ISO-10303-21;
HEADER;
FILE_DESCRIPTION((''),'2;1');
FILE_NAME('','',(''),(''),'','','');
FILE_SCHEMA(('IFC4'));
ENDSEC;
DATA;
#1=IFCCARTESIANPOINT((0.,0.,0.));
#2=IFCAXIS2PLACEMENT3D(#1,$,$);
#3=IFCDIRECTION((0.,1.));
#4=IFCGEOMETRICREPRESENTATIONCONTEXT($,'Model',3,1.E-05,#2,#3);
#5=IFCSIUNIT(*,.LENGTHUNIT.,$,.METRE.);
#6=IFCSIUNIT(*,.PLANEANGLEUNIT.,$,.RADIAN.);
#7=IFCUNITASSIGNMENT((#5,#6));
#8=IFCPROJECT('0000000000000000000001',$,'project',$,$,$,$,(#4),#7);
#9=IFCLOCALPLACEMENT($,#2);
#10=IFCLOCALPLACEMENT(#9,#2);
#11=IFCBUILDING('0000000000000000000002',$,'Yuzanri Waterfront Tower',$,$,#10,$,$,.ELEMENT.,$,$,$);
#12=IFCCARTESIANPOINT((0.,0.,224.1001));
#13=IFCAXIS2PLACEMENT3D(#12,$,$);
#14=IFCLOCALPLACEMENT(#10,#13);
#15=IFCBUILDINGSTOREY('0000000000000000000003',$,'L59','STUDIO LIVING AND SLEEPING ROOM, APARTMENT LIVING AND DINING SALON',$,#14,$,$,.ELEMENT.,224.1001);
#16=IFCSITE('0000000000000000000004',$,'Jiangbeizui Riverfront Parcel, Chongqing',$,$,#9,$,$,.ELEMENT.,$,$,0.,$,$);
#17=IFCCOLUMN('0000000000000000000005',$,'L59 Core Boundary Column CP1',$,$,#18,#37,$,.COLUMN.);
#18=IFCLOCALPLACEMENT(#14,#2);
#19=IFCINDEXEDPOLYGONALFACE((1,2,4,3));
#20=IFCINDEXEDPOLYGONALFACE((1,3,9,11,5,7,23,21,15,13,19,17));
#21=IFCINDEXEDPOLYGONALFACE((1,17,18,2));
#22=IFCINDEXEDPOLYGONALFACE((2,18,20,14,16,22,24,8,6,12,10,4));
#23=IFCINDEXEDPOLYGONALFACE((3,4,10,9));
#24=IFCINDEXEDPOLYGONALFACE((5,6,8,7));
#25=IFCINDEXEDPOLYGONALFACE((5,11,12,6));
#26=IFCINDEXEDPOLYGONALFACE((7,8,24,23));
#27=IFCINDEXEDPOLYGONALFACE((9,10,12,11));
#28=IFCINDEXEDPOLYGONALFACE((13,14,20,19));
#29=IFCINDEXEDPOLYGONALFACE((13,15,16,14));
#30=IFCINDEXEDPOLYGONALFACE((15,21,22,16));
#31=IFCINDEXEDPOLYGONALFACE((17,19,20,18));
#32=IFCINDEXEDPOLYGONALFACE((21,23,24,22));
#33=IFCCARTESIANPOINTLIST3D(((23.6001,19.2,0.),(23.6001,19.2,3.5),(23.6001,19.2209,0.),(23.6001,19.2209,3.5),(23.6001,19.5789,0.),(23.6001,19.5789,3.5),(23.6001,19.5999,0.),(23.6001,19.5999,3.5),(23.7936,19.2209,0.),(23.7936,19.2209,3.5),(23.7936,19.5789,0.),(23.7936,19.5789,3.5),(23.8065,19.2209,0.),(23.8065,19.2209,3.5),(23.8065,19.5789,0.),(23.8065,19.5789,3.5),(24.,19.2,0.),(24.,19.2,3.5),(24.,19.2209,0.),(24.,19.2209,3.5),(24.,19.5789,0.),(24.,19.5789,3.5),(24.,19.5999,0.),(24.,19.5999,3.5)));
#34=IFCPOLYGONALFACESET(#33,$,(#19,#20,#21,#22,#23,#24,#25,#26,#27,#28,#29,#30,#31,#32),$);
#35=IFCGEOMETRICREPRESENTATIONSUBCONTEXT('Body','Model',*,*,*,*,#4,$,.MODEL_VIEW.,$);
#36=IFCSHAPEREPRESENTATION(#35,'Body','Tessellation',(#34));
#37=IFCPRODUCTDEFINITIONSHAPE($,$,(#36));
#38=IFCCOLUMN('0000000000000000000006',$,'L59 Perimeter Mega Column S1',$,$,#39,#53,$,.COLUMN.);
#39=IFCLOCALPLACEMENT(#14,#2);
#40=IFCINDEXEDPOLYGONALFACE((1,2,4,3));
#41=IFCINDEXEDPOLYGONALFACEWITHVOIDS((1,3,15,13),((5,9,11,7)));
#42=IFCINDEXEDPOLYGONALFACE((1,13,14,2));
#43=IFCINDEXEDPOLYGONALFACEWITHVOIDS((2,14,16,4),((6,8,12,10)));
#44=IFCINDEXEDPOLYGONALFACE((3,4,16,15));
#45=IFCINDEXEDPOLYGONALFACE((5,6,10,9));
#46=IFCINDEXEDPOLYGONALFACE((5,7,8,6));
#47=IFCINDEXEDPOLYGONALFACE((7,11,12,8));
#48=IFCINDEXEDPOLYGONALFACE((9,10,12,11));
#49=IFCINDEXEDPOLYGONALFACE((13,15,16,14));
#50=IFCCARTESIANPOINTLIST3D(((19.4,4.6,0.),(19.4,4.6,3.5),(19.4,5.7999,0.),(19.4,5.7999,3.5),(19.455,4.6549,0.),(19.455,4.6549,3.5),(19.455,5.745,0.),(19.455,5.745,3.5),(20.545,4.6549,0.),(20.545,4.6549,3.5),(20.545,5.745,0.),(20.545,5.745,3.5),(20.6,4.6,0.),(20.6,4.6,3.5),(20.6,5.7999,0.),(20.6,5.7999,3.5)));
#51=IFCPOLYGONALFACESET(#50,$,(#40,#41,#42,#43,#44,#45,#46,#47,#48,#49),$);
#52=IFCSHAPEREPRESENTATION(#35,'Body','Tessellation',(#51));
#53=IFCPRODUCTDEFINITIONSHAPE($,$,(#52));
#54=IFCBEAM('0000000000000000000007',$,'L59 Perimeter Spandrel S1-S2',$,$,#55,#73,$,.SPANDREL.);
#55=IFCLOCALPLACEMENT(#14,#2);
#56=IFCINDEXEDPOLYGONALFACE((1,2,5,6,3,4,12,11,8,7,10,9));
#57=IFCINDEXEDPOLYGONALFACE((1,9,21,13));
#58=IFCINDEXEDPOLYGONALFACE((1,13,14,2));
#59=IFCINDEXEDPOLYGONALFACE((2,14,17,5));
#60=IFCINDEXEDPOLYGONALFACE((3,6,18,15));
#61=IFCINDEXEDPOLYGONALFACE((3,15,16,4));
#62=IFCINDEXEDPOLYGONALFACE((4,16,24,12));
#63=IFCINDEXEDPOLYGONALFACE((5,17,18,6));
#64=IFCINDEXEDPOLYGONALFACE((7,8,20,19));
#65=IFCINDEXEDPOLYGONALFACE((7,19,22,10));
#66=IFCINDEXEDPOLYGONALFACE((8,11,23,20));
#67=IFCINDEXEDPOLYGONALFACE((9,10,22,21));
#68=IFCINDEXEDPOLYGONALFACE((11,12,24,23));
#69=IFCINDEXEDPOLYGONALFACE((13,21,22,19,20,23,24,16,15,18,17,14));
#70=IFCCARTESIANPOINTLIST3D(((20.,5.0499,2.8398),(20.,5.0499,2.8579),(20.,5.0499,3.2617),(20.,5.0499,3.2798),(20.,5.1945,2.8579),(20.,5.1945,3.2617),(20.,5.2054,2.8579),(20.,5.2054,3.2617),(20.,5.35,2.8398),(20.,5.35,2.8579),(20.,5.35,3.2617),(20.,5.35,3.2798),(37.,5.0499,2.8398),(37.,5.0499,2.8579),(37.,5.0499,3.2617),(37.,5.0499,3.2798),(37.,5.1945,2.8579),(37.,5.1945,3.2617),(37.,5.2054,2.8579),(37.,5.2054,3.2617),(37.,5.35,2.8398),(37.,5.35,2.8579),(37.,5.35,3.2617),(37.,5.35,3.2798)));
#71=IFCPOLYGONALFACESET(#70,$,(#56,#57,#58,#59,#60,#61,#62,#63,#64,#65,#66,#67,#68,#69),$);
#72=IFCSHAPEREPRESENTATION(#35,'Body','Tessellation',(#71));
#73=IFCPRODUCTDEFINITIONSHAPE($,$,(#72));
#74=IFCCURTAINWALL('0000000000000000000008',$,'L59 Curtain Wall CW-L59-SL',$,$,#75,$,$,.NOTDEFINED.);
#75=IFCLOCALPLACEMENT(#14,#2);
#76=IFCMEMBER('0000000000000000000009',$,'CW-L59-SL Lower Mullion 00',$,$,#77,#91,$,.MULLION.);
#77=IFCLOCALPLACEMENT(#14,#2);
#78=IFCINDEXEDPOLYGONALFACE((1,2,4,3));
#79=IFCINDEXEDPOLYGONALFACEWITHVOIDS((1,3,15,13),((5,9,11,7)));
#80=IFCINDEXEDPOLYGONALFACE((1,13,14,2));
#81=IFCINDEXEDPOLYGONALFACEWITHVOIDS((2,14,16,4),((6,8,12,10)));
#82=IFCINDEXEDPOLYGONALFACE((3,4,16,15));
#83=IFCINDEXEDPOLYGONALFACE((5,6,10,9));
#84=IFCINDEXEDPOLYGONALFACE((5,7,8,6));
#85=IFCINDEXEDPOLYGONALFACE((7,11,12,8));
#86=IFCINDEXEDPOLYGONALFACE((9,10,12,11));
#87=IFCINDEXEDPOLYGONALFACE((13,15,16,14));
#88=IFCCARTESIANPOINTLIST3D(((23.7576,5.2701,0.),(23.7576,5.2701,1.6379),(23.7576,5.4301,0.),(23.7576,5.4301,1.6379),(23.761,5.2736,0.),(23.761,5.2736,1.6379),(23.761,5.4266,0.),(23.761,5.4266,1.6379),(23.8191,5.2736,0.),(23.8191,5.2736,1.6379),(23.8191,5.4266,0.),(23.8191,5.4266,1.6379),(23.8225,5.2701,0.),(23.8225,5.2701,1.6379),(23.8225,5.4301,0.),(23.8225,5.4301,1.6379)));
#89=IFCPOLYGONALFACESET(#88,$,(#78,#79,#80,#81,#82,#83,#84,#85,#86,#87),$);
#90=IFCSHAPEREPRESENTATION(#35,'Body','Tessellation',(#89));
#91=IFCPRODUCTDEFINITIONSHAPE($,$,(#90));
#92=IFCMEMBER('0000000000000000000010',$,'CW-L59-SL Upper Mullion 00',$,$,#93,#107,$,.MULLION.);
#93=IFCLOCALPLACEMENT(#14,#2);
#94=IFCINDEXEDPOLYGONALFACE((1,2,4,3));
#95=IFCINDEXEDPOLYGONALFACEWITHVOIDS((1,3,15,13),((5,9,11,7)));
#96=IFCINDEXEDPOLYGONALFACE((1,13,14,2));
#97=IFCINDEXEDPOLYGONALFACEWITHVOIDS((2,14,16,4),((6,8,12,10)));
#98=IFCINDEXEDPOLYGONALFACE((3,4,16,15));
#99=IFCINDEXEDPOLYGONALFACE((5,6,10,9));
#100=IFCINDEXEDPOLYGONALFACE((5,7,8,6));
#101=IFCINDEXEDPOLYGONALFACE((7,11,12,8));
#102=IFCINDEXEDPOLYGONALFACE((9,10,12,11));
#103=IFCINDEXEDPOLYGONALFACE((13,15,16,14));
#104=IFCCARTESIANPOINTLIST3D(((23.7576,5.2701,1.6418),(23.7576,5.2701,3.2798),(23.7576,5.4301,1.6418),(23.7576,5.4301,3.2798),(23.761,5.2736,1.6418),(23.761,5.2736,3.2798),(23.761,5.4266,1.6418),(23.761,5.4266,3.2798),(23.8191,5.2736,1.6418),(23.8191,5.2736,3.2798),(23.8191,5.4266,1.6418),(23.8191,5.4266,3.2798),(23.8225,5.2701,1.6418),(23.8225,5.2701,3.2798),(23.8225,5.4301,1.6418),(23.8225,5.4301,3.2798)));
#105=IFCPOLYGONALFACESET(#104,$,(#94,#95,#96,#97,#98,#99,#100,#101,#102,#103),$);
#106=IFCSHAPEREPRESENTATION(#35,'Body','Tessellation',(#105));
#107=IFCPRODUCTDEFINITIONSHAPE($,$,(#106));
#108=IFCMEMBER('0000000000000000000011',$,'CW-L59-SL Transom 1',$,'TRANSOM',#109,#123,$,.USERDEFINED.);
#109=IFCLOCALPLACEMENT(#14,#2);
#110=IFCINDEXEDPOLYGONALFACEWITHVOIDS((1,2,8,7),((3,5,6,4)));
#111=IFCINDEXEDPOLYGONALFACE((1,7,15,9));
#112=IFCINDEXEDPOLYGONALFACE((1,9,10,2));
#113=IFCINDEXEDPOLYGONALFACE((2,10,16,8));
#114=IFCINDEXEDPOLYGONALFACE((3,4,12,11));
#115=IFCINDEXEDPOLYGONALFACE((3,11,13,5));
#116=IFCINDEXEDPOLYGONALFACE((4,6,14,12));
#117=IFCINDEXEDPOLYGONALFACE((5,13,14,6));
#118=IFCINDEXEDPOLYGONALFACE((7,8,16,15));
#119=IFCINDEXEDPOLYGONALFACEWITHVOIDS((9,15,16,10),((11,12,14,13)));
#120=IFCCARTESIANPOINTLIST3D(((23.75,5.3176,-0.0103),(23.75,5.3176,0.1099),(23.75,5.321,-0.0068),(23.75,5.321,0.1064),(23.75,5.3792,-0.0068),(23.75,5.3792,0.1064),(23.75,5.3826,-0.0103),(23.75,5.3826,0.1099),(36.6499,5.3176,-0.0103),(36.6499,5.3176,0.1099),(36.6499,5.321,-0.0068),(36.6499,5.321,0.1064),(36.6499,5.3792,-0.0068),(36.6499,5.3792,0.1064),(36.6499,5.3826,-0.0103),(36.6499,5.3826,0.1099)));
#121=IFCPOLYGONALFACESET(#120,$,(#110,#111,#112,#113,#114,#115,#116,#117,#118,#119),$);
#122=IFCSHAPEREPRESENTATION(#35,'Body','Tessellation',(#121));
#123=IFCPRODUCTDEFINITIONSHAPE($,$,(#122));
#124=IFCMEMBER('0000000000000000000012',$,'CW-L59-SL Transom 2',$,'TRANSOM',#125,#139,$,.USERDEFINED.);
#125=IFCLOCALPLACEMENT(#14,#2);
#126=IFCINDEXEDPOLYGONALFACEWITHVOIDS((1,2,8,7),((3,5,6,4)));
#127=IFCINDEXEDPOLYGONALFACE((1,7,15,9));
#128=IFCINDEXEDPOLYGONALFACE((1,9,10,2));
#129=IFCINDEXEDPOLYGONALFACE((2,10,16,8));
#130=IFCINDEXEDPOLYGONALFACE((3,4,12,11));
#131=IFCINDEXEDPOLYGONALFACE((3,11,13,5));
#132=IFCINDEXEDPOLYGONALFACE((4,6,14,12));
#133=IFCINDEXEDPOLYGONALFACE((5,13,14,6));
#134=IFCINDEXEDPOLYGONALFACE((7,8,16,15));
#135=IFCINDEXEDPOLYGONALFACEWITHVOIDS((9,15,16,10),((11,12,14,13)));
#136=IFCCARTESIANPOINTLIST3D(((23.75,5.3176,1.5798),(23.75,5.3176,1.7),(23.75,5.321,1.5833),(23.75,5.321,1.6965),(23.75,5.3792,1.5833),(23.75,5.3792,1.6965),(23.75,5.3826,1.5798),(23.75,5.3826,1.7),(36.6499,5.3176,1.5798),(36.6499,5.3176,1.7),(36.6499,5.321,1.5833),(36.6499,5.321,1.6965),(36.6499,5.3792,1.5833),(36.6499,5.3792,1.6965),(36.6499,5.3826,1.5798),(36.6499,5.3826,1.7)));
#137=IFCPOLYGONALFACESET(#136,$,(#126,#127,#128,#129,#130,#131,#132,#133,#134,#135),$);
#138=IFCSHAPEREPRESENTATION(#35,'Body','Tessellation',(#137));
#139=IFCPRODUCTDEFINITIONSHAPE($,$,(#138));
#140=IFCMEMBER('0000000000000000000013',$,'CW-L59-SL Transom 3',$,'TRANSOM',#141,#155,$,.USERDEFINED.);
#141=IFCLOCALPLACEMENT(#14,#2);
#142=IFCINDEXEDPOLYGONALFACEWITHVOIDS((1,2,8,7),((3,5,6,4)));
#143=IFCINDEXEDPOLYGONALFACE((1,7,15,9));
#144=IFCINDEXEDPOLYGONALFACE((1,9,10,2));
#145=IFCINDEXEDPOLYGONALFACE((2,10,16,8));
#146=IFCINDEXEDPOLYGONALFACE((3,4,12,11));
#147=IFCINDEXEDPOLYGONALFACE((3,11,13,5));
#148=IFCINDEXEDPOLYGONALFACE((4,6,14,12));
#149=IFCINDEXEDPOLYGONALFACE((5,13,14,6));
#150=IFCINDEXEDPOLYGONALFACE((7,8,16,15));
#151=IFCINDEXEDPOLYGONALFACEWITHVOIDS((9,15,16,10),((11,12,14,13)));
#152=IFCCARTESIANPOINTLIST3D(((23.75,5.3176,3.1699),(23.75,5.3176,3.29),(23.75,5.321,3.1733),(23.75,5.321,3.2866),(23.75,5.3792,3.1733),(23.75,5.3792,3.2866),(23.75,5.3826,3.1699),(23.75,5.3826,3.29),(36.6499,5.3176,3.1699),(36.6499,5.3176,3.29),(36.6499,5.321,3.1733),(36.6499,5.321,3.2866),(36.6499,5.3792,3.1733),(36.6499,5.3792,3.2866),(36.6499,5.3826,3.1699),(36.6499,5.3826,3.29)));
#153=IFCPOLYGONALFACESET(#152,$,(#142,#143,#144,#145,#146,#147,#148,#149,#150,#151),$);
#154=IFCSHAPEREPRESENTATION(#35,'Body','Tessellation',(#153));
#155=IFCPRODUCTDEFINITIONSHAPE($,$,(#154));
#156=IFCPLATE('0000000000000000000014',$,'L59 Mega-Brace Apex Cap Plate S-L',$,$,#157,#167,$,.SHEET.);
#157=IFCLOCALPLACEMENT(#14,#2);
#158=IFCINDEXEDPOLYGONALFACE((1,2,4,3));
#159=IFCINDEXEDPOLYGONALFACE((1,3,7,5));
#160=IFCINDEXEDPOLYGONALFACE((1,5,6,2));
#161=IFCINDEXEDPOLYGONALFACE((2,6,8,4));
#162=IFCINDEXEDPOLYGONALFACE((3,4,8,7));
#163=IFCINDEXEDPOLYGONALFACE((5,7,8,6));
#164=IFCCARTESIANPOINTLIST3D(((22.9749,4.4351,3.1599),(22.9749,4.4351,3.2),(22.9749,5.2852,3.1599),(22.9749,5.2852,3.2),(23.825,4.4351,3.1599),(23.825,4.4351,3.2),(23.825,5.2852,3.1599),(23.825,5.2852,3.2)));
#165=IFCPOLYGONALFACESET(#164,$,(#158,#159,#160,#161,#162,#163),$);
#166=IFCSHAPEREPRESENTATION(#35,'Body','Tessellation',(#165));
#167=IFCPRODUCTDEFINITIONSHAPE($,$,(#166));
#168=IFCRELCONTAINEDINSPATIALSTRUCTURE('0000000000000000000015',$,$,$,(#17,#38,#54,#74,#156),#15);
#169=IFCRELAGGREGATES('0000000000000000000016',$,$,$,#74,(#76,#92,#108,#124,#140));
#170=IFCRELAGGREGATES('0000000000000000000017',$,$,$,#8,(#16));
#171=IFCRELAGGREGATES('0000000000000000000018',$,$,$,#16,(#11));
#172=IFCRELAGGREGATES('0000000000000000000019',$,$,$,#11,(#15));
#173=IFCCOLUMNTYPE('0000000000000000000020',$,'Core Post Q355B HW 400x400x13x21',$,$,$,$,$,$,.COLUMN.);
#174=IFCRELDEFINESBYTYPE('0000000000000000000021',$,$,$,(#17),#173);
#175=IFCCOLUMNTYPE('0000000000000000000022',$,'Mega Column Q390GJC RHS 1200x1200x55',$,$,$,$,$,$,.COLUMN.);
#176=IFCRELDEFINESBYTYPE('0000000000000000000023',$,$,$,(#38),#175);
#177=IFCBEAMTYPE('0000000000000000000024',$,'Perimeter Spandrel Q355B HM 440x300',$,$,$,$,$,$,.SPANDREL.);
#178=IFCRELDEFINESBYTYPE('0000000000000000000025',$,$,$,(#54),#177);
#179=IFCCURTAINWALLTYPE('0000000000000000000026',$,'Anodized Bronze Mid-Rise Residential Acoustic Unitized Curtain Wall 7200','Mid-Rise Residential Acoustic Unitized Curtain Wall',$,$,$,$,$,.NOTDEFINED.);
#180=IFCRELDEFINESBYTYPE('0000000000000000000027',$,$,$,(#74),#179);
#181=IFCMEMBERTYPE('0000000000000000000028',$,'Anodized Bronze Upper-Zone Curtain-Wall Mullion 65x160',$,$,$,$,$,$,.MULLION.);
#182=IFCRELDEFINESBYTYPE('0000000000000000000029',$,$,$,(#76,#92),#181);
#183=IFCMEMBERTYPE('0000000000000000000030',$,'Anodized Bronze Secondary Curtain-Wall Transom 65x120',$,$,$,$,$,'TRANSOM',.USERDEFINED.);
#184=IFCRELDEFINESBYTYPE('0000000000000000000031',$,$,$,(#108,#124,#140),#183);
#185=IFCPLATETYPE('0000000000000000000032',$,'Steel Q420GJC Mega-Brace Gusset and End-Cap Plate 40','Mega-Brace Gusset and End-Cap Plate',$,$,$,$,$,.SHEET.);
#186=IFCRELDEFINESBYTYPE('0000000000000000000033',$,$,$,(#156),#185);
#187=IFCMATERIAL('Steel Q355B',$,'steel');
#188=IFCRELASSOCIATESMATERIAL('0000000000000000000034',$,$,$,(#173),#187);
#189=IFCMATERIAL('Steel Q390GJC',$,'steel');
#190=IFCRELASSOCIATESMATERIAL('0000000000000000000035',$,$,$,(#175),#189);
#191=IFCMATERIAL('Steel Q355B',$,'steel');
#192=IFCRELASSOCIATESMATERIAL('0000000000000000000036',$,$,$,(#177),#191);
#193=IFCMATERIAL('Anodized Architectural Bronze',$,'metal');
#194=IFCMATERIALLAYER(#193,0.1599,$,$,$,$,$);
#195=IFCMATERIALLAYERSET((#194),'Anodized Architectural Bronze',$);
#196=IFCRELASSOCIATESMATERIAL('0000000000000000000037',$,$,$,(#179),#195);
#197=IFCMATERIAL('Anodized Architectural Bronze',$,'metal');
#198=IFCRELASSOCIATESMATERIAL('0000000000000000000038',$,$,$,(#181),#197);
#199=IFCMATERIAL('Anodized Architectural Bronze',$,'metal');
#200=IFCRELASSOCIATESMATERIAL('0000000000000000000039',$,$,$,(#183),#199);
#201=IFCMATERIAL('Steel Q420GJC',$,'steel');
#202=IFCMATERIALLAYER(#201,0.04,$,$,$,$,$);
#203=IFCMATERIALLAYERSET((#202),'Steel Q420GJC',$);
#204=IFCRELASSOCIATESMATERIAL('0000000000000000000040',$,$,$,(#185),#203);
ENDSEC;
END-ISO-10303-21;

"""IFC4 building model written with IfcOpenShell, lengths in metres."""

from ifc_helpers import new_model, si_unit, direction, frame, origin, origin_2d, place, context, subcontext, project, spatial, rectangle, hollow_rectangle, i_section, extrude, source, transform, mapped, material, layer, layer_set, material_profile, profile_set, type_object, element, aggregate, save


model = new_model("IFC4")

# Units and contexts
model_context = context("Model", 3, precision=1e-05, world=origin(), true_north=direction((0.0, 1.0)))
body_context = subcontext(model_context, "Body", "Model", "MODEL_VIEW")
ifc_project = project(units=[si_unit("LENGTHUNIT", "METRE"), si_unit("PLANEANGLEUNIT", "RADIAN")], contexts=[model_context])

# Site, building, storey
site_placement = place(None, origin())
site = spatial("IfcSite", under=ifc_project, at=site_placement, Name="Jiangbeizui Riverfront Parcel, Chongqing", CompositionType="ELEMENT", RefElevation=0.0)
building_placement = place(site_placement, origin())
building = spatial("IfcBuilding", under=site, at=building_placement, Name="Yuzanri Waterfront Tower", CompositionType="ELEMENT")
storey_placement = place(building_placement, frame((0.0, 0.0, 224.1001)))
storey = spatial("IfcBuildingStorey", under=building, at=storey_placement, Name="L59", Description="STUDIO LIVING AND SLEEPING ROOM, APARTMENT LIVING AND DINING SALON", CompositionType="ELEMENT", Elevation=224.1001)

# Columns
ifc_material_1 = material(Name="Steel Q355B", Category="steel")
ifc_material_profile_1 = material_profile(ifc_material_1, i_section(OverallWidth=0.3999, OverallDepth=0.3999, WebThickness=0.0129, FlangeThickness=0.021, at=origin_2d()), Name="HW 400x400x13x21")
ifc_profile_set_1 = profile_set([ifc_material_profile_1], Name="Steel Q355B")
column_type_1 = type_object("IfcColumnType", Name="Core Post Q355B HW 400x400x13x21", PredefinedType="COLUMN", material=ifc_profile_set_1)
shared_shape_1 = source(origin(), body_context, "Body", "SweptSolid", [
    extrude(i_section(OverallWidth=0.3999, OverallDepth=0.3999, WebThickness=0.0129, FlangeThickness=0.021, at=origin_2d()), origin(), (0.0, 0.0, 1.0), 3.5),
])
column_1_placement = place(storey_placement, frame((23.8, 19.3999, 0.0), z_axis=(0.0, 0.0, 1.0), x_axis=(1.0, 0.0, 0.0)))
element("IfcColumn", 1, at=column_1_placement, inside=storey, type_object=column_type_1, Name="L59 Core Boundary Column CP1", PredefinedType="COLUMN", context=body_context, shape_type="MappedRepresentation", body=[
    mapped(shared_shape_1, transform((0.0, 0.0, 0.0), scale=1.0)),
])
ifc_material_2 = material(Name="Steel Q390GJC", Category="steel")
ifc_material_profile_2 = material_profile(ifc_material_2, hollow_rectangle(XDim=1.2, YDim=1.2, WallThickness=0.0549, at=origin_2d()), Name="RHS 1200x1200x55")
ifc_profile_set_2 = profile_set([ifc_material_profile_2], Name="Steel Q390GJC")
column_type_2 = type_object("IfcColumnType", Name="Mega Column Q390GJC RHS 1200x1200x55", PredefinedType="COLUMN", material=ifc_profile_set_2)
shared_shape_2 = source(origin(), body_context, "Body", "SweptSolid", [
    extrude(hollow_rectangle(XDim=1.2, YDim=1.2, WallThickness=0.0549, at=origin_2d()), origin(), (0.0, 0.0, 1.0), 3.5),
])
column_2_placement = place(storey_placement, frame((20.0, 5.2, 0.0), z_axis=(0.0, 0.0, 1.0), x_axis=(1.0, 0.0, 0.0)))
element("IfcColumn", 2, at=column_2_placement, inside=storey, type_object=column_type_2, Name="L59 Perimeter Mega Column S1", PredefinedType="COLUMN", context=body_context, shape_type="MappedRepresentation", body=[
    mapped(shared_shape_2, transform((0.0, 0.0, 0.0), scale=1.0)),
])

# Beam
ifc_material_3 = material(Name="Steel Q355B", Category="steel")
ifc_material_profile_3 = material_profile(ifc_material_3, i_section(OverallWidth=0.3, OverallDepth=0.4399, WebThickness=0.011, FlangeThickness=0.0181, at=origin_2d()), Name="HM 440x300x11x18")
ifc_profile_set_3 = profile_set([ifc_material_profile_3], Name="Steel Q355B")
beam_type = type_object("IfcBeamType", Name="Perimeter Spandrel Q355B HM 440x300", PredefinedType="SPANDREL", material=ifc_profile_set_3)
shared_shape_3 = source(origin(), body_context, "Body", "SweptSolid", [
    extrude(i_section(OverallWidth=0.3, OverallDepth=0.4399, WebThickness=0.011, FlangeThickness=0.0181, at=origin_2d()), origin(), (0.0, 0.0, 1.0), 17.0),
])
beam_placement = place(storey_placement, frame((20.0, 5.2, 3.0598), z_axis=(1.0, 0.0, 0.0), x_axis=(0.0, 1.0, 0.0)))
element("IfcBeam", 3, at=beam_placement, inside=storey, type_object=beam_type, Name="L59 Perimeter Spandrel S1-S2", PredefinedType="SPANDREL", context=body_context, shape_type="MappedRepresentation", body=[
    mapped(shared_shape_3, transform((0.0, 0.0, 0.0), scale=1.0)),
])

# Curtain wall, members
ifc_material_4 = material(Name="Anodized Architectural Bronze", Category="metal")
ifc_layer_1 = layer(ifc_material_4, 0.1599)
ifc_layer_set_1 = layer_set([ifc_layer_1], Name="Anodized Architectural Bronze")
curtain_wall_type = type_object("IfcCurtainWallType", Name="Anodized Bronze Mid-Rise Residential Acoustic Unitized Curtain Wall 7200", Description="Mid-Rise Residential Acoustic Unitized Curtain Wall", PredefinedType="NOTDEFINED", material=ifc_layer_set_1)
curtain_wall_1_placement = place(storey_placement, origin())
curtain_wall_1 = element("IfcCurtainWall", 4, at=curtain_wall_1_placement, inside=storey, type_object=curtain_wall_type, Name="L59 Curtain Wall CW-L59-SL", PredefinedType="NOTDEFINED")
ifc_material_5 = material(Name="Anodized Architectural Bronze", Category="metal")
ifc_material_profile_4 = material_profile(ifc_material_5, hollow_rectangle(XDim=0.0649, YDim=0.1599, WallThickness=0.0034, at=origin_2d()), Name="CWM 65x160")
ifc_profile_set_4 = profile_set([ifc_material_profile_4], Name="Anodized Architectural Bronze")
member_type_1 = type_object("IfcMemberType", Name="Anodized Bronze Upper-Zone Curtain-Wall Mullion 65x160", PredefinedType="MULLION", material=ifc_profile_set_4)
shared_shape_4 = source(origin(), body_context, "Body", "SweptSolid", [
    extrude(hollow_rectangle(XDim=0.0649, YDim=0.1599, WallThickness=0.0034, at=origin_2d()), origin(), (0.0, 0.0, 1.0), 1.6379),
])
member_1_placement = place(storey_placement, frame((23.79, 5.3501, 0.0), z_axis=(0.0, 0.0, 1.0), x_axis=(1.0, 0.0, 0.0)))
member_1 = element("IfcMember", 5, at=member_1_placement, type_object=member_type_1, Name="CW-L59-SL Lower Mullion 00", PredefinedType="MULLION", context=body_context, shape_type="MappedRepresentation", body=[
    mapped(shared_shape_4, transform((0.0, 0.0, 0.0), scale=1.0)),
])
member_2_placement = place(storey_placement, frame((23.79, 5.3501, 1.6418), z_axis=(0.0, 0.0, 1.0), x_axis=(1.0, 0.0, 0.0)))
member_2 = element("IfcMember", 6, at=member_2_placement, type_object=member_type_1, Name="CW-L59-SL Upper Mullion 00", PredefinedType="MULLION", context=body_context, shape_type="MappedRepresentation", body=[
    mapped(shared_shape_4, transform((0.0, 0.0, 0.0), scale=1.0)),
])
ifc_material_6 = material(Name="Anodized Architectural Bronze", Category="metal")
ifc_material_profile_5 = material_profile(ifc_material_6, hollow_rectangle(XDim=0.0649, YDim=0.1201, WallThickness=0.0034, at=origin_2d()), Name="CWT 65x120")
ifc_profile_set_5 = profile_set([ifc_material_profile_5], Name="Anodized Architectural Bronze")
member_type_2 = type_object("IfcMemberType", Name="Anodized Bronze Secondary Curtain-Wall Transom 65x120", ElementType="TRANSOM", PredefinedType="USERDEFINED", material=ifc_profile_set_5)
shared_shape_5 = source(origin(), body_context, "Body", "SweptSolid", [
    extrude(hollow_rectangle(XDim=0.0649, YDim=0.1201, WallThickness=0.0034, at=origin_2d()), origin(), (0.0, 0.0, 1.0), 12.8999),
])
member_3_placement = place(storey_placement, frame((23.75, 5.3501, 0.0498), z_axis=(1.0, 0.0, 0.0), x_axis=(0.0, 1.0, 0.0)))
member_3 = element("IfcMember", 7, at=member_3_placement, type_object=member_type_2, Name="CW-L59-SL Transom 1", ObjectType="TRANSOM", PredefinedType="USERDEFINED", context=body_context, shape_type="MappedRepresentation", body=[
    mapped(shared_shape_5, transform((0.0, 0.0, 0.0), scale=1.0)),
])
member_4_placement = place(storey_placement, frame((23.75, 5.3501, 1.6399), z_axis=(1.0, 0.0, 0.0), x_axis=(0.0, 1.0, 0.0)))
member_4 = element("IfcMember", 8, at=member_4_placement, type_object=member_type_2, Name="CW-L59-SL Transom 2", ObjectType="TRANSOM", PredefinedType="USERDEFINED", context=body_context, shape_type="MappedRepresentation", body=[
    mapped(shared_shape_5, transform((0.0, 0.0, 0.0), scale=1.0)),
])
member_5_placement = place(storey_placement, frame((23.75, 5.3501, 3.23), z_axis=(1.0, 0.0, 0.0), x_axis=(0.0, 1.0, 0.0)))
member_5 = element("IfcMember", 9, at=member_5_placement, type_object=member_type_2, Name="CW-L59-SL Transom 3", ObjectType="TRANSOM", PredefinedType="USERDEFINED", context=body_context, shape_type="MappedRepresentation", body=[
    mapped(shared_shape_5, transform((0.0, 0.0, 0.0), scale=1.0)),
])
aggregate(curtain_wall_1, [member_1, member_2, member_3, member_4, member_5])

# Plate
ifc_material_7 = material(Name="Steel Q420GJC", Category="steel")
ifc_layer_2 = layer(ifc_material_7, 0.04)
ifc_layer_set_2 = layer_set([ifc_layer_2], Name="Steel Q420GJC")
plate_type_1 = type_object("IfcPlateType", Name="Steel Q420GJC Mega-Brace Gusset and End-Cap Plate 40", Description="Mega-Brace Gusset and End-Cap Plate", PredefinedType="SHEET", material=ifc_layer_set_2)
shared_shape_6 = source(origin(), body_context, "Body", "SweptSolid", [
    extrude(rectangle(XDim=0.8501, YDim=0.8501, at=origin_2d()), origin(), (0.0, 0.0, 1.0), 0.04),
])
plate_1_placement = place(storey_placement, frame((23.3999, 4.8601, 3.1599), z_axis=(0.0, 0.0, 1.0), x_axis=(1.0, 0.0, 0.0)))
element("IfcPlate", 10, at=plate_1_placement, inside=storey, type_object=plate_type_1, Name="L59 Mega-Brace Apex Cap Plate S-L", PredefinedType="SHEET", context=body_context, shape_type="MappedRepresentation", body=[
    mapped(shared_shape_6, transform((0.0, 0.0, 0.0), scale=1.0)),
])

save(model, "model.ifc")
